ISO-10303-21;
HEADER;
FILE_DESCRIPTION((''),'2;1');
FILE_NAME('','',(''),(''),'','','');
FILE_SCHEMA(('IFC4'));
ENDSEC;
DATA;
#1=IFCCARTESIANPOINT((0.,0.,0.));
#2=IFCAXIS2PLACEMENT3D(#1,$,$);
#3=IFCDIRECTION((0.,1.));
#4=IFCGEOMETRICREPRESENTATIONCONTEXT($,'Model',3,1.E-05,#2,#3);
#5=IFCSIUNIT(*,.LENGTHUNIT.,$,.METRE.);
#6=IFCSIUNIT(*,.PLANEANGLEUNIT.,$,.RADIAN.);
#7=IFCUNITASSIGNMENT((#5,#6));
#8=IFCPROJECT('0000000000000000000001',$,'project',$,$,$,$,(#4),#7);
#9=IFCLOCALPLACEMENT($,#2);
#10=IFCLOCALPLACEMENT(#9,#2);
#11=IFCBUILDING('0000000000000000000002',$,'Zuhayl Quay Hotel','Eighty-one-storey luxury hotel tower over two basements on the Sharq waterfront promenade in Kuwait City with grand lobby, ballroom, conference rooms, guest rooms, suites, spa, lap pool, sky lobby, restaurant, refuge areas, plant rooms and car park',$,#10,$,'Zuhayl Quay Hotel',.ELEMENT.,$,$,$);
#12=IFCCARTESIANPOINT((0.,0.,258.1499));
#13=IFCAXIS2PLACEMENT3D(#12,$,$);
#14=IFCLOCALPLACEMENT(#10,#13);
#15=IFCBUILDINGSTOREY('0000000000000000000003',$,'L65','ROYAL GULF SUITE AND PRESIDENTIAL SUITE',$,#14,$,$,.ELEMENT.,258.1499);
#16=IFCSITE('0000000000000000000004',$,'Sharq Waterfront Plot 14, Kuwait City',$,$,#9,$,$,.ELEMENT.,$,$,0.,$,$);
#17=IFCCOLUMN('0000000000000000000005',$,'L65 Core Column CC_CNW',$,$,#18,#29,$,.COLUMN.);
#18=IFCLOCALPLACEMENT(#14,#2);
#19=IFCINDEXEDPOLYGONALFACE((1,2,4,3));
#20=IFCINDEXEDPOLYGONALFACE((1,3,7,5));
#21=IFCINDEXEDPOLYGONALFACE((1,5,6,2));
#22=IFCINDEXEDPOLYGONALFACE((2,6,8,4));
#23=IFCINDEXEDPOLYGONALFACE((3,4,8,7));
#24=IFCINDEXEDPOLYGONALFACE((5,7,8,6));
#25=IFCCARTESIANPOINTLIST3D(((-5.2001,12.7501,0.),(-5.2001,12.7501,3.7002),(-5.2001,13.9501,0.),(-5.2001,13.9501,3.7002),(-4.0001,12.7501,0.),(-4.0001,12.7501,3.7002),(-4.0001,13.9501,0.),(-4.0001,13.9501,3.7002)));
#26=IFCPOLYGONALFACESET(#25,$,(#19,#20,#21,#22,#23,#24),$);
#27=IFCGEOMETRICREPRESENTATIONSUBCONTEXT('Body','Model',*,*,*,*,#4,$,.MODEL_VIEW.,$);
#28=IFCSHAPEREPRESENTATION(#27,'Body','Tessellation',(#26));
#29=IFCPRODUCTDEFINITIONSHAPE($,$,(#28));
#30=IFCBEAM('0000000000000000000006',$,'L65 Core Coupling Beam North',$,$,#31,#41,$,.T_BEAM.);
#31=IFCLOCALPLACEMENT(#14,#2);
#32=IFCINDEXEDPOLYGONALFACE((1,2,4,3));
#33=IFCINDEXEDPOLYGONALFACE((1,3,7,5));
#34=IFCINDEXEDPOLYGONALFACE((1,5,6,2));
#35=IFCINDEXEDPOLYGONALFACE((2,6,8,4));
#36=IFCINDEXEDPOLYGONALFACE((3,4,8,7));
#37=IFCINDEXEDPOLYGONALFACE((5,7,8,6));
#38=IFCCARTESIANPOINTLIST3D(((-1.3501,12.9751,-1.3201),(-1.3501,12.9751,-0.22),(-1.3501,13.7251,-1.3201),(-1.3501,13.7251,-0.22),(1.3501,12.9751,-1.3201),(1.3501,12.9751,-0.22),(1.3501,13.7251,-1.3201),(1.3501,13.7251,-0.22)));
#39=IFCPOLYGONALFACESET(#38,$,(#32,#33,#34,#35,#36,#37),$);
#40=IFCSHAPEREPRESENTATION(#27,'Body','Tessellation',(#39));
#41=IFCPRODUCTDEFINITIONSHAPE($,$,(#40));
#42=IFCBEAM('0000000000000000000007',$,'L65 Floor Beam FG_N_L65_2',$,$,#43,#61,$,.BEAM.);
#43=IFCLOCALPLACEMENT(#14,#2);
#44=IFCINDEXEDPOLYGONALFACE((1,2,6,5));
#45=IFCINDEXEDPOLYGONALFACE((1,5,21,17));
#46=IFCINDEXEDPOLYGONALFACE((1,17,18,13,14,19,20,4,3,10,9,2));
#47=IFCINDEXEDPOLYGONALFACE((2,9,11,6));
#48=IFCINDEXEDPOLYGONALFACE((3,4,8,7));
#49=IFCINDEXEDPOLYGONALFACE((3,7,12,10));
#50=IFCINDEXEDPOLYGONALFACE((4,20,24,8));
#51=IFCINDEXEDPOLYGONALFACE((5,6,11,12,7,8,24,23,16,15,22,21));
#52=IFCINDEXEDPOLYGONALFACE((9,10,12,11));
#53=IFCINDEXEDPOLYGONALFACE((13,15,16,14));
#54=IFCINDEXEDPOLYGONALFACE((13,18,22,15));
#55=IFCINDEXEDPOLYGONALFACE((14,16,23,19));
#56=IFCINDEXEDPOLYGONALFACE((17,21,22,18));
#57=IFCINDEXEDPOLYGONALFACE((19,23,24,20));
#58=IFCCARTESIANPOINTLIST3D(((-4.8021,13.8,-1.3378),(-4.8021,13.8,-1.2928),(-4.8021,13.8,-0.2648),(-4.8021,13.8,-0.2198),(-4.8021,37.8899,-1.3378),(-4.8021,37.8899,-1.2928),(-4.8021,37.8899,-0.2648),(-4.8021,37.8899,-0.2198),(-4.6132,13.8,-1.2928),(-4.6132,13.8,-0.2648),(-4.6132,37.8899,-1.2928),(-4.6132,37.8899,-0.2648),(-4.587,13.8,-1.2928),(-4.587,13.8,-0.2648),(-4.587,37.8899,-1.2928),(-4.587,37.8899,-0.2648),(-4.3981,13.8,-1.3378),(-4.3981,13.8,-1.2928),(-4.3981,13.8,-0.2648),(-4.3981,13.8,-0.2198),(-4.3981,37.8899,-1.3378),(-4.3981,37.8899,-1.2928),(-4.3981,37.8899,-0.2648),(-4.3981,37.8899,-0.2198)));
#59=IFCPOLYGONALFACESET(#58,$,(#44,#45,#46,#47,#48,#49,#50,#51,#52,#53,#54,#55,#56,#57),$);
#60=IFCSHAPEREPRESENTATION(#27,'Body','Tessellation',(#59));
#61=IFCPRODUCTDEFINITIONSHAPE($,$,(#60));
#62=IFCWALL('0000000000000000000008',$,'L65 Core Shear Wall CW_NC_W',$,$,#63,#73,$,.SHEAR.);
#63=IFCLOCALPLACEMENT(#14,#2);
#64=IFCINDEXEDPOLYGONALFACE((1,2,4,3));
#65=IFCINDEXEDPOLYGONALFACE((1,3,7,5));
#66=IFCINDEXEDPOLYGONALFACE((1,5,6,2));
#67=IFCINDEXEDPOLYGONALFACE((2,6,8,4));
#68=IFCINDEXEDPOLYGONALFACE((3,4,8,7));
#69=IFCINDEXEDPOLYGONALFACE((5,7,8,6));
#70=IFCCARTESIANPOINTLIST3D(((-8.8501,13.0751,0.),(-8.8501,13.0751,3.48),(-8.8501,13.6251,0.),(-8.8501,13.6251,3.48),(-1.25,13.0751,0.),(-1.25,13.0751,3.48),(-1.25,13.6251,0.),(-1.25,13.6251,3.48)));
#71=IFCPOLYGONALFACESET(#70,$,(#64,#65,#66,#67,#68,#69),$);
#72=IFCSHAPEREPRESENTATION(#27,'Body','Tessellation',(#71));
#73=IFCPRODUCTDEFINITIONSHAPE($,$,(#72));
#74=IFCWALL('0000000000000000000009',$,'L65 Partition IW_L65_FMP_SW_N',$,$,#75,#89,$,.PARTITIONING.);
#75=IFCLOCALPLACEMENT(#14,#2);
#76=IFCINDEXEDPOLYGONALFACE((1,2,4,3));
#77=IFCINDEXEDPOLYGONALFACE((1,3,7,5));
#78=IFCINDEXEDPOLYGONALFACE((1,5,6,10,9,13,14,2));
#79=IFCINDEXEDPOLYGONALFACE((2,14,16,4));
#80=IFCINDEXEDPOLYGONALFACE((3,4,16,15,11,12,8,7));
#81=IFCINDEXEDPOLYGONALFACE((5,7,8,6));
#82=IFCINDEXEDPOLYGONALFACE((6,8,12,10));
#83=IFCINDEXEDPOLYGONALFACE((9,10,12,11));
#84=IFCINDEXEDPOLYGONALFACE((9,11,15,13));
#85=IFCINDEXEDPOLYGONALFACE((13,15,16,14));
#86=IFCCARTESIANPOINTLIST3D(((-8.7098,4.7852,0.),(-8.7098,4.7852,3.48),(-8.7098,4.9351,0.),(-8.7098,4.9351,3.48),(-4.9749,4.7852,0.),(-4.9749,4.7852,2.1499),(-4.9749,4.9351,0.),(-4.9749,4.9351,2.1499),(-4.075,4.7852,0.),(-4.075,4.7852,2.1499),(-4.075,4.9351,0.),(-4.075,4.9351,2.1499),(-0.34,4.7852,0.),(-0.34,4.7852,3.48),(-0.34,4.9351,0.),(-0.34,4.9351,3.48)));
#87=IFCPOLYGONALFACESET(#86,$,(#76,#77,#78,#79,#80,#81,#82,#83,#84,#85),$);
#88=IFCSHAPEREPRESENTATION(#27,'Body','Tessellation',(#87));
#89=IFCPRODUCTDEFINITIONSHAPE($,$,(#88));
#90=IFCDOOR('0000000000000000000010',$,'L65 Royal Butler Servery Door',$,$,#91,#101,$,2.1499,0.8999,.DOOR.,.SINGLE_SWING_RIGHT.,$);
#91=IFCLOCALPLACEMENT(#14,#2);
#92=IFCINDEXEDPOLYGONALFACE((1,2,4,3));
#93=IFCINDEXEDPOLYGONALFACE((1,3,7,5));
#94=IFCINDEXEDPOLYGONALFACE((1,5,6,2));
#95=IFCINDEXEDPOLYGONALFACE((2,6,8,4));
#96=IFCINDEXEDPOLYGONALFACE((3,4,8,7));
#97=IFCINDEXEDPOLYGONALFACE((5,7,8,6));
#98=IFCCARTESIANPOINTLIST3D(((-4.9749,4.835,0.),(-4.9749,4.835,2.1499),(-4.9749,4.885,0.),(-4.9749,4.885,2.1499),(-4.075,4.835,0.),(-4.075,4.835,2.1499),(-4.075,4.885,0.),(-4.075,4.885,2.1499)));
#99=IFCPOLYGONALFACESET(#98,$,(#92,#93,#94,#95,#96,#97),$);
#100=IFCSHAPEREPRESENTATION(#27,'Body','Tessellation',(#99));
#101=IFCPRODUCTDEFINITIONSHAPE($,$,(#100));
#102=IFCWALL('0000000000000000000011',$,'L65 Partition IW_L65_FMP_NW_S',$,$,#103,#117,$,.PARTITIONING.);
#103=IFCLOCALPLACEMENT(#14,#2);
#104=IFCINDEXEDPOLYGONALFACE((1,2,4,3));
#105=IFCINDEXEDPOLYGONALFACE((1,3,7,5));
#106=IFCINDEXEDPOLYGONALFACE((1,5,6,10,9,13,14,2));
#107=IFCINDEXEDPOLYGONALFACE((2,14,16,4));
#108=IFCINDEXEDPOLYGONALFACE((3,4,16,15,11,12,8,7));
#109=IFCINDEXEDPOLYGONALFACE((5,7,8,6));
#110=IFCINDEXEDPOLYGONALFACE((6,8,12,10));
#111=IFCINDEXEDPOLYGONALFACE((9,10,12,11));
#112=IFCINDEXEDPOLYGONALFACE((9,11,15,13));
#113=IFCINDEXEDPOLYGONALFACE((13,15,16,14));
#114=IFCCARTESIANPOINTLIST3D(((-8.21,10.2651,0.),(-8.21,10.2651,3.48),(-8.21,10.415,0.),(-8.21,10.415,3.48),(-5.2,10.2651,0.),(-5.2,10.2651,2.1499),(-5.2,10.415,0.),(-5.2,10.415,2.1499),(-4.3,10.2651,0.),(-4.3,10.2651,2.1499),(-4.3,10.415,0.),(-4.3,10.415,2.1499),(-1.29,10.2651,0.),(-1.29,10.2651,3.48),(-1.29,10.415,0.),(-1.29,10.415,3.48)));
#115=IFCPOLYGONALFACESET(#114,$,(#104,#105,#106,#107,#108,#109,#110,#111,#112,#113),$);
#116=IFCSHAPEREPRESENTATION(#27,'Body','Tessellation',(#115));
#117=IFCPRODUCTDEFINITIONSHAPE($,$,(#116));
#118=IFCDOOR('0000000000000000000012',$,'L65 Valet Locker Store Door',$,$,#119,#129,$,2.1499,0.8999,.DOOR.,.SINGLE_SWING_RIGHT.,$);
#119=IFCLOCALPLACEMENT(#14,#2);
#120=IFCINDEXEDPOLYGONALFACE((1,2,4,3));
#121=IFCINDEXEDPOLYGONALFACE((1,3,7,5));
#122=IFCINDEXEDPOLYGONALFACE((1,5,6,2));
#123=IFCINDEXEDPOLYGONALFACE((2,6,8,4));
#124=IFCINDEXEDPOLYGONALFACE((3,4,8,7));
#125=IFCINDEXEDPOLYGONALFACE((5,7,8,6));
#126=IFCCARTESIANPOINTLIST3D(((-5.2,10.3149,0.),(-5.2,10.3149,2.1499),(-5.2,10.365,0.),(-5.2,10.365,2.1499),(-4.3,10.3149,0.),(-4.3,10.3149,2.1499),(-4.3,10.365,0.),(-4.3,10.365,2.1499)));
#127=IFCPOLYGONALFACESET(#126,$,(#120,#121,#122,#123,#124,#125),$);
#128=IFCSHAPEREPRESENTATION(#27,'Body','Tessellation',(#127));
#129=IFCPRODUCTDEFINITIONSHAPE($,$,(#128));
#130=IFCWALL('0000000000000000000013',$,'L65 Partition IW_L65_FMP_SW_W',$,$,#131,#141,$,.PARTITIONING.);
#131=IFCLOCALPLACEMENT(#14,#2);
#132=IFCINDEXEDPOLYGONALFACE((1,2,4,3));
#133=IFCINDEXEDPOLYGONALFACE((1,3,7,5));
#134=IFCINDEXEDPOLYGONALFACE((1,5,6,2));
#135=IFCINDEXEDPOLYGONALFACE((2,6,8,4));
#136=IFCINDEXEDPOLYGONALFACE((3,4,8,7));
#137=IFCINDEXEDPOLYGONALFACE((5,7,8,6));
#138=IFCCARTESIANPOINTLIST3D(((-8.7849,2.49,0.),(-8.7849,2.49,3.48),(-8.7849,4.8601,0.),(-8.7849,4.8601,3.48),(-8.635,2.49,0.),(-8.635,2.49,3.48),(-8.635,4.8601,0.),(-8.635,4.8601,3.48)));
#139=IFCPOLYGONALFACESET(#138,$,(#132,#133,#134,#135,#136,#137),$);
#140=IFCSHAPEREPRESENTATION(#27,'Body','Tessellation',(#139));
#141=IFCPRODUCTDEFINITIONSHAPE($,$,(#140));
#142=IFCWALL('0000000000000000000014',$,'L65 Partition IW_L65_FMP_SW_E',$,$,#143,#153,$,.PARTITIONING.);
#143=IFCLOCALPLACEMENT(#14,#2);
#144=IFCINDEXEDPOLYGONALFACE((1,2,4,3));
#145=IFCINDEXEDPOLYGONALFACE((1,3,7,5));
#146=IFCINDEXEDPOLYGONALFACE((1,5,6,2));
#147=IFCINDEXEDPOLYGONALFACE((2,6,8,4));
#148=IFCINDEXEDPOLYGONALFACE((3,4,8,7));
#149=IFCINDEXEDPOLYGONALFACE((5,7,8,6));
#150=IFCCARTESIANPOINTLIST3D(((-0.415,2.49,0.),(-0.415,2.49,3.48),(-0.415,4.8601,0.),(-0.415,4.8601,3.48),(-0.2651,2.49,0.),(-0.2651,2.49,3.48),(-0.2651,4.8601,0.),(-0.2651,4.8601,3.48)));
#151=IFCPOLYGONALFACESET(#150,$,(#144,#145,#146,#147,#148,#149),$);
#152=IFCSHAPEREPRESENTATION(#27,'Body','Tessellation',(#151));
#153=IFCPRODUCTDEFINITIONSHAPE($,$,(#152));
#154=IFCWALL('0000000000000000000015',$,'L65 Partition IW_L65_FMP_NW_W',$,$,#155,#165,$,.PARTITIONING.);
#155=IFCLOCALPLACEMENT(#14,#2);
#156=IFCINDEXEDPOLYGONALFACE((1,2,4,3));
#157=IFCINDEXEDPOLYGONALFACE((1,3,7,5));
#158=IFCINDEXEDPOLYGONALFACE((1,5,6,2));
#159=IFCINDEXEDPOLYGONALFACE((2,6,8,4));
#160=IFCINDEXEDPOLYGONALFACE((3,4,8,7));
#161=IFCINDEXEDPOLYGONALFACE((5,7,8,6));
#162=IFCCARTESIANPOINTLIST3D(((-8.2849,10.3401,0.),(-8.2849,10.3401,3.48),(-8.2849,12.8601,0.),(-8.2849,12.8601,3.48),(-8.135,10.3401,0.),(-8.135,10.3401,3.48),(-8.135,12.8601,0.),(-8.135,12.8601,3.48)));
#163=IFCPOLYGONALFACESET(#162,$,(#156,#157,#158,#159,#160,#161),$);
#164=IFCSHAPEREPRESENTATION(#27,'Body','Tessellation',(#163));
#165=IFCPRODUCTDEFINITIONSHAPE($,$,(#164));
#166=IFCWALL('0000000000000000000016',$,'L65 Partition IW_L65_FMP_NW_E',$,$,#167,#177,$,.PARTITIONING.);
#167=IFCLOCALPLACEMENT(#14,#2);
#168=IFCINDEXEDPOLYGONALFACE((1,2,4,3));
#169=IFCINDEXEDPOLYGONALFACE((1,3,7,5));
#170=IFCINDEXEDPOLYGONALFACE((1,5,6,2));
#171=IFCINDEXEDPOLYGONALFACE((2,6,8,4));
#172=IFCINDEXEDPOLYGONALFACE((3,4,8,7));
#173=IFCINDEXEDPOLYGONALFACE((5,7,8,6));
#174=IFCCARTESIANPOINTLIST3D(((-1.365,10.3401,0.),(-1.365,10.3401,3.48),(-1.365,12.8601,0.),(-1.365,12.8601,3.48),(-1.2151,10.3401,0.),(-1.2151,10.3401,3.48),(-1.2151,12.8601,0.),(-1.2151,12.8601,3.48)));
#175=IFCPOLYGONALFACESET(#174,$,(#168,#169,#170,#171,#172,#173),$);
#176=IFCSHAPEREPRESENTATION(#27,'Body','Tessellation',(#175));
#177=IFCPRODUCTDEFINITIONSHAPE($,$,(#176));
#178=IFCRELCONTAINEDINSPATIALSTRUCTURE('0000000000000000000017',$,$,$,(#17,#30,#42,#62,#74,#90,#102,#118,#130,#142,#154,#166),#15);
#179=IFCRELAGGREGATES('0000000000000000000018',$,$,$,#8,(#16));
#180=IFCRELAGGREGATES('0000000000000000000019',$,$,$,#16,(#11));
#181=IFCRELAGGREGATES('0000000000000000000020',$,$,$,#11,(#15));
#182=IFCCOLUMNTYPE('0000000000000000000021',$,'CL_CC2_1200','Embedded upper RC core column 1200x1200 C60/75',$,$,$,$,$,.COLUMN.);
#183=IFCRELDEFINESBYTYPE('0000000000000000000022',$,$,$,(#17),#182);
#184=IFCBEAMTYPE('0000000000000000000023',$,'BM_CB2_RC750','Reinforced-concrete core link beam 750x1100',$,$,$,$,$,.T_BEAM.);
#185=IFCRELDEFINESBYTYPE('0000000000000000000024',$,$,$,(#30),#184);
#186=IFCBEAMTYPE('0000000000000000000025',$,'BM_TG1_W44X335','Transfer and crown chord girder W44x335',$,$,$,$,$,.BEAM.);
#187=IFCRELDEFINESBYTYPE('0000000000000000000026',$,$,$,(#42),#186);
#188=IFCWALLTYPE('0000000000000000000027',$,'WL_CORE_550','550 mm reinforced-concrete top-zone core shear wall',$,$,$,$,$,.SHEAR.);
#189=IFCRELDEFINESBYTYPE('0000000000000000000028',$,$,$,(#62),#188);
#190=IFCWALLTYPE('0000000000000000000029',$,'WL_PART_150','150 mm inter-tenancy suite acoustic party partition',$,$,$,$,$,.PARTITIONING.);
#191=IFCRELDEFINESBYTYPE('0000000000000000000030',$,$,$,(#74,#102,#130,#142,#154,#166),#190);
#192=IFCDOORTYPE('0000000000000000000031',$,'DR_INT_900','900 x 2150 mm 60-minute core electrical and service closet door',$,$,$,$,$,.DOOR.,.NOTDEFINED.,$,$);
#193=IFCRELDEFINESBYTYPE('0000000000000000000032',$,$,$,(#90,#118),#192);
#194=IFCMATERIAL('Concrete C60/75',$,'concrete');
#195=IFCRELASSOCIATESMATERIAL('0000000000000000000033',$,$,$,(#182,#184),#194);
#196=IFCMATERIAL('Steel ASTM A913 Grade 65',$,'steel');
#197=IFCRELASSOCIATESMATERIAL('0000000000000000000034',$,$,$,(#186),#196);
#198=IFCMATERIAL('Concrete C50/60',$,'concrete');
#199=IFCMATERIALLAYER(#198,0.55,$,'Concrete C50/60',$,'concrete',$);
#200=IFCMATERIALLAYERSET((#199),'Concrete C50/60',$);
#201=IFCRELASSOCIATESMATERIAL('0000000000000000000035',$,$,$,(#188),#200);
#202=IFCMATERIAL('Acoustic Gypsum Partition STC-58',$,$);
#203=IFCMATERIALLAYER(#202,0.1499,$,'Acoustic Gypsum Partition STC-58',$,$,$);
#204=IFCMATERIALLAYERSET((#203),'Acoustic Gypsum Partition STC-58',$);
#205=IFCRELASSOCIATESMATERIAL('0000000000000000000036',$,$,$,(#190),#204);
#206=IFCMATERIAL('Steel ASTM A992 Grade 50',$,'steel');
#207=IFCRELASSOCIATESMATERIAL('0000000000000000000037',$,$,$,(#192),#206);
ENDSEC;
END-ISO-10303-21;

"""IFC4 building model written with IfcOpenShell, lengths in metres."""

from ifc_helpers import new_model, si_unit, direction, frame, frame_2d, origin, origin_2d, place, context, subcontext, project, spatial, rectangle, i_section, extrude, material, layer, layer_set, material_profile, profile_set, type_object, element, fill, save


model = new_model("IFC4")

# Units and contexts
model_context = context("Model", 3, precision=1e-05, world=origin(), true_north=direction((0.0, 1.0)))
body_context = subcontext(model_context, "Body", "Model", "MODEL_VIEW")
ifc_project = project(units=[si_unit("LENGTHUNIT", "METRE"), si_unit("PLANEANGLEUNIT", "RADIAN")], contexts=[model_context])

# Site, building, storey
site_placement = place(None, origin())
site = spatial("IfcSite", under=ifc_project, at=site_placement, Name="Sharq Waterfront Plot 14, Kuwait City", CompositionType="ELEMENT", RefElevation=0.0)
building_placement = place(site_placement, origin())
building = spatial("IfcBuilding", under=site, at=building_placement, Name="Zuhayl Quay Hotel", Description="Eighty-one-storey luxury hotel tower over two basements on the Sharq waterfront promenade in Kuwait City with grand lobby, ballroom, conference rooms, guest rooms, suites, spa, lap pool, sky lobby, restaurant, refuge areas, plant rooms and car park", LongName="Zuhayl Quay Hotel", CompositionType="ELEMENT")
storey_placement = place(building_placement, frame((0.0, 0.0, 258.1499)))
storey = spatial("IfcBuildingStorey", under=building, at=storey_placement, Name="L65", Description="ROYAL GULF SUITE AND PRESIDENTIAL SUITE", CompositionType="ELEMENT", Elevation=258.1499)

# Column
ifc_material_1 = material(Name="Concrete C60/75", Category="concrete")
ifc_material_profile_1 = material_profile(ifc_material_1, rectangle(XDim=1.2, YDim=1.2, at=origin_2d()), Name="RC1200X1200")
ifc_profile_set_1 = profile_set([ifc_material_profile_1], Name="Concrete C60/75")
column_type = type_object("IfcColumnType", Name="CL_CC2_1200", Description="Embedded upper RC core column 1200x1200 C60/75", PredefinedType="COLUMN", material=ifc_profile_set_1)
column_placement = place(storey_placement, frame((-4.6001, 13.3501, 0.0), z_axis=(0.0, 0.0, 1.0), x_axis=(1.0, 0.0, 0.0)))
element("IfcColumn", 1, at=column_placement, inside=storey, type_object=column_type, Name="L65 Core Column CC_CNW", PredefinedType="COLUMN", context=body_context, shape_type="SweptSolid", body=[
    extrude(rectangle(XDim=1.2, YDim=1.2, at=origin_2d()), origin(), (0.0, 0.0, 1.0), 3.7002),
])

# Beams
ifc_material_profile_2 = material_profile(ifc_material_1, rectangle(XDim=0.75, YDim=1.1001, at=origin_2d()), Name="RC750X1100")
ifc_profile_set_2 = profile_set([ifc_material_profile_2], Name="Concrete C60/75")
beam_type_1 = type_object("IfcBeamType", Name="BM_CB2_RC750", Description="Reinforced-concrete core link beam 750x1100", PredefinedType="T_BEAM", material=ifc_profile_set_2)
beam_1_placement = place(storey_placement, frame((-1.3501, 13.3501, -0.77), z_axis=(1.0, 0.0, 0.0), x_axis=(0.0, 1.0, 0.0)))
element("IfcBeam", 2, at=beam_1_placement, inside=storey, type_object=beam_type_1, Name="L65 Core Coupling Beam North", PredefinedType="T_BEAM", context=body_context, shape_type="SweptSolid", body=[
    extrude(rectangle(XDim=0.75, YDim=1.1001, at=origin_2d()), origin(), (0.0, 0.0, 1.0), 2.7002),
])
ifc_material_2 = material(Name="Steel ASTM A913 Grade 65", Category="steel")
ifc_material_profile_3 = material_profile(ifc_material_2, i_section(OverallWidth=0.4041, OverallDepth=1.1179, WebThickness=0.0261, FlangeThickness=0.0449, at=origin_2d()), Name="W44X335")
ifc_profile_set_3 = profile_set([ifc_material_profile_3], Name="Steel ASTM A913 Grade 65")
beam_type_2 = type_object("IfcBeamType", Name="BM_TG1_W44X335", Description="Transfer and crown chord girder W44x335", PredefinedType="BEAM", material=ifc_profile_set_3)
beam_2_placement = place(storey_placement, frame((-4.6001, 13.8, -0.7788), z_axis=(0.0, 1.0, 0.0), x_axis=(-1.0, 0.0, 0.0)))
element("IfcBeam", 3, at=beam_2_placement, inside=storey, type_object=beam_type_2, Name="L65 Floor Beam FG_N_L65_2", PredefinedType="BEAM", context=body_context, shape_type="SweptSolid", body=[
    extrude(i_section(OverallWidth=0.4041, OverallDepth=1.1179, WebThickness=0.0261, FlangeThickness=0.0449, at=origin_2d()), origin(), (0.0, 0.0, 1.0), 24.0898),
])

# Wall
ifc_material_3 = material(Name="Concrete C50/60", Category="concrete")
ifc_layer_1 = layer(ifc_material_3, 0.55, Name="Concrete C50/60", Category="concrete")
ifc_layer_set_1 = layer_set([ifc_layer_1], Name="Concrete C50/60")
wall_type_1 = type_object("IfcWallType", Name="WL_CORE_550", Description="550 mm reinforced-concrete top-zone core shear wall", PredefinedType="SHEAR", material=ifc_layer_set_1)
wall_1_placement = place(storey_placement, frame((-8.8501, 13.3501, 0.0), z_axis=(0.0, 0.0, 1.0), x_axis=(1.0, 0.0, 0.0)))
element("IfcWall", 4, at=wall_1_placement, inside=storey, type_object=wall_type_1, Name="L65 Core Shear Wall CW_NC_W", PredefinedType="SHEAR", context=body_context, shape_type="SweptSolid", body=[
    extrude(rectangle(XDim=7.6001, YDim=0.55, at=frame_2d((3.8, 0.0))), origin(), (0.0, 0.0, 1.0), 3.48),
])

# Walls, openings, doors
ifc_material_4 = material(Name="Acoustic Gypsum Partition STC-58")
ifc_layer_2 = layer(ifc_material_4, 0.1499, Name="Acoustic Gypsum Partition STC-58")
ifc_layer_set_2 = layer_set([ifc_layer_2], Name="Acoustic Gypsum Partition STC-58")
wall_type_2 = type_object("IfcWallType", Name="WL_PART_150", Description="150 mm inter-tenancy suite acoustic party partition", PredefinedType="PARTITIONING", material=ifc_layer_set_2)
wall_2_placement = place(storey_placement, frame((-8.71, 4.8601, 0.0), z_axis=(0.0, 0.0, 1.0), x_axis=(1.0, 0.0, 0.0)))
wall_2 = element("IfcWall", 5, at=wall_2_placement, inside=storey, type_object=wall_type_2, Name="L65 Partition IW_L65_FMP_SW_N", PredefinedType="PARTITIONING", context=body_context, shape_type="SweptSolid", body=[
    extrude(rectangle(XDim=8.3699, YDim=0.1499, at=frame_2d((4.1851, 0.0))), origin(), (0.0, 0.0, 1.0), 3.48),
])
opening_1_placement = place(wall_2_placement, frame((3.7351, 0.0, 0.0)))
opening_1 = element("IfcOpeningElement", 6, at=opening_1_placement, cuts=wall_2, PredefinedType="OPENING", context=body_context, shape_type="SweptSolid", body=[
    extrude(rectangle(XDim=0.8999, YDim=2.1499, at=frame_2d((0.45, 1.075))), frame((0.0, 0.085, 0.0), z_axis=(0.0, -1.0, 0.0), x_axis=(1.0, 0.0, 0.0)), (0.0, 0.0, 1.0), 0.1699),
])
ifc_material_5 = material(Name="Steel ASTM A992 Grade 50", Category="steel")
door_type_1 = type_object("IfcDoorType", Name="DR_INT_900", Description="900 x 2150 mm 60-minute core electrical and service closet door", OperationType="NOTDEFINED", PredefinedType="DOOR", material=ifc_material_5)
door_1_placement = place(opening_1_placement, origin())
door_1 = element("IfcDoor", 7, at=door_1_placement, inside=storey, type_object=door_type_1, Name="L65 Royal Butler Servery Door", OperationType="SINGLE_SWING_RIGHT", OverallHeight=2.1499, OverallWidth=0.8999, PredefinedType="DOOR", context=body_context, shape_type="SweptSolid", body=[
    extrude(rectangle(XDim=0.8999, YDim=2.1499, at=frame_2d((0.45, 1.075))), frame((0.0, 0.0249, 0.0), z_axis=(0.0, -1.0, 0.0), x_axis=(1.0, 0.0, 0.0)), (0.0, 0.0, 1.0), 0.05),
])
fill(opening_1, door_1)
wall_3_placement = place(storey_placement, frame((-8.21, 10.3401, 0.0), z_axis=(0.0, 0.0, 1.0), x_axis=(1.0, 0.0, 0.0)))
wall_3 = element("IfcWall", 8, at=wall_3_placement, inside=storey, type_object=wall_type_2, Name="L65 Partition IW_L65_FMP_NW_S", PredefinedType="PARTITIONING", context=body_context, shape_type="SweptSolid", body=[
    extrude(rectangle(XDim=6.9199, YDim=0.1499, at=frame_2d((3.46, 0.0))), origin(), (0.0, 0.0, 1.0), 3.48),
])
opening_2_placement = place(wall_3_placement, frame((3.01, 0.0, 0.0)))
opening_2 = element("IfcOpeningElement", 9, at=opening_2_placement, cuts=wall_3, PredefinedType="OPENING", context=body_context, shape_type="SweptSolid", body=[
    extrude(rectangle(XDim=0.8999, YDim=2.1499, at=frame_2d((0.45, 1.075))), frame((0.0, 0.085, 0.0), z_axis=(0.0, -1.0, 0.0), x_axis=(1.0, 0.0, 0.0)), (0.0, 0.0, 1.0), 0.1699),
])
door_2_placement = place(opening_2_placement, origin())
door_2 = element("IfcDoor", 10, at=door_2_placement, inside=storey, type_object=door_type_1, Name="L65 Valet Locker Store Door", OperationType="SINGLE_SWING_RIGHT", OverallHeight=2.1499, OverallWidth=0.8999, PredefinedType="DOOR", context=body_context, shape_type="SweptSolid", body=[
    extrude(rectangle(XDim=0.8999, YDim=2.1499, at=frame_2d((0.45, 1.075))), frame((0.0, 0.0249, 0.0), z_axis=(0.0, -1.0, 0.0), x_axis=(1.0, 0.0, 0.0)), (0.0, 0.0, 1.0), 0.05),
])
fill(opening_2, door_2)

# Walls
for number, where, z_axis, x_axis, name in (
    (11, (-8.71, 2.49, 0.0), (0.0, 0.0, 1.0), (0.0, 1.0, 0.0), "L65 Partition IW_L65_FMP_SW_W"),
    (12, (-0.3401, 2.49, 0.0), (0.0, 0.0, 1.0), (0.0, 1.0, 0.0), "L65 Partition IW_L65_FMP_SW_E"),
):
    element("IfcWall", number, at=place(storey_placement, frame(where, z_axis=z_axis, x_axis=x_axis)), inside=storey, type_object=wall_type_2, Name=name, PredefinedType="PARTITIONING", context=body_context, shape_type="SweptSolid", body=[
        extrude(rectangle(XDim=2.3701, YDim=0.1499, at=frame_2d((1.1851, 0.0))), origin(), (0.0, 0.0, 1.0), 3.48),
    ])
for number, where, z_axis, x_axis, name in (
    (13, (-8.21, 10.3401, 0.0), (0.0, 0.0, 1.0), (0.0, 1.0, 0.0), "L65 Partition IW_L65_FMP_NW_W"),
    (14, (-1.29, 10.3401, 0.0), (0.0, 0.0, 1.0), (0.0, 1.0, 0.0), "L65 Partition IW_L65_FMP_NW_E"),
):
    element("IfcWall", number, at=place(storey_placement, frame(where, z_axis=z_axis, x_axis=x_axis)), inside=storey, type_object=wall_type_2, Name=name, PredefinedType="PARTITIONING", context=body_context, shape_type="SweptSolid", body=[
        extrude(rectangle(XDim=2.52, YDim=0.1499, at=frame_2d((1.26, 0.0))), origin(), (0.0, 0.0, 1.0), 3.48),
    ])

save(model, "model.ifc")
